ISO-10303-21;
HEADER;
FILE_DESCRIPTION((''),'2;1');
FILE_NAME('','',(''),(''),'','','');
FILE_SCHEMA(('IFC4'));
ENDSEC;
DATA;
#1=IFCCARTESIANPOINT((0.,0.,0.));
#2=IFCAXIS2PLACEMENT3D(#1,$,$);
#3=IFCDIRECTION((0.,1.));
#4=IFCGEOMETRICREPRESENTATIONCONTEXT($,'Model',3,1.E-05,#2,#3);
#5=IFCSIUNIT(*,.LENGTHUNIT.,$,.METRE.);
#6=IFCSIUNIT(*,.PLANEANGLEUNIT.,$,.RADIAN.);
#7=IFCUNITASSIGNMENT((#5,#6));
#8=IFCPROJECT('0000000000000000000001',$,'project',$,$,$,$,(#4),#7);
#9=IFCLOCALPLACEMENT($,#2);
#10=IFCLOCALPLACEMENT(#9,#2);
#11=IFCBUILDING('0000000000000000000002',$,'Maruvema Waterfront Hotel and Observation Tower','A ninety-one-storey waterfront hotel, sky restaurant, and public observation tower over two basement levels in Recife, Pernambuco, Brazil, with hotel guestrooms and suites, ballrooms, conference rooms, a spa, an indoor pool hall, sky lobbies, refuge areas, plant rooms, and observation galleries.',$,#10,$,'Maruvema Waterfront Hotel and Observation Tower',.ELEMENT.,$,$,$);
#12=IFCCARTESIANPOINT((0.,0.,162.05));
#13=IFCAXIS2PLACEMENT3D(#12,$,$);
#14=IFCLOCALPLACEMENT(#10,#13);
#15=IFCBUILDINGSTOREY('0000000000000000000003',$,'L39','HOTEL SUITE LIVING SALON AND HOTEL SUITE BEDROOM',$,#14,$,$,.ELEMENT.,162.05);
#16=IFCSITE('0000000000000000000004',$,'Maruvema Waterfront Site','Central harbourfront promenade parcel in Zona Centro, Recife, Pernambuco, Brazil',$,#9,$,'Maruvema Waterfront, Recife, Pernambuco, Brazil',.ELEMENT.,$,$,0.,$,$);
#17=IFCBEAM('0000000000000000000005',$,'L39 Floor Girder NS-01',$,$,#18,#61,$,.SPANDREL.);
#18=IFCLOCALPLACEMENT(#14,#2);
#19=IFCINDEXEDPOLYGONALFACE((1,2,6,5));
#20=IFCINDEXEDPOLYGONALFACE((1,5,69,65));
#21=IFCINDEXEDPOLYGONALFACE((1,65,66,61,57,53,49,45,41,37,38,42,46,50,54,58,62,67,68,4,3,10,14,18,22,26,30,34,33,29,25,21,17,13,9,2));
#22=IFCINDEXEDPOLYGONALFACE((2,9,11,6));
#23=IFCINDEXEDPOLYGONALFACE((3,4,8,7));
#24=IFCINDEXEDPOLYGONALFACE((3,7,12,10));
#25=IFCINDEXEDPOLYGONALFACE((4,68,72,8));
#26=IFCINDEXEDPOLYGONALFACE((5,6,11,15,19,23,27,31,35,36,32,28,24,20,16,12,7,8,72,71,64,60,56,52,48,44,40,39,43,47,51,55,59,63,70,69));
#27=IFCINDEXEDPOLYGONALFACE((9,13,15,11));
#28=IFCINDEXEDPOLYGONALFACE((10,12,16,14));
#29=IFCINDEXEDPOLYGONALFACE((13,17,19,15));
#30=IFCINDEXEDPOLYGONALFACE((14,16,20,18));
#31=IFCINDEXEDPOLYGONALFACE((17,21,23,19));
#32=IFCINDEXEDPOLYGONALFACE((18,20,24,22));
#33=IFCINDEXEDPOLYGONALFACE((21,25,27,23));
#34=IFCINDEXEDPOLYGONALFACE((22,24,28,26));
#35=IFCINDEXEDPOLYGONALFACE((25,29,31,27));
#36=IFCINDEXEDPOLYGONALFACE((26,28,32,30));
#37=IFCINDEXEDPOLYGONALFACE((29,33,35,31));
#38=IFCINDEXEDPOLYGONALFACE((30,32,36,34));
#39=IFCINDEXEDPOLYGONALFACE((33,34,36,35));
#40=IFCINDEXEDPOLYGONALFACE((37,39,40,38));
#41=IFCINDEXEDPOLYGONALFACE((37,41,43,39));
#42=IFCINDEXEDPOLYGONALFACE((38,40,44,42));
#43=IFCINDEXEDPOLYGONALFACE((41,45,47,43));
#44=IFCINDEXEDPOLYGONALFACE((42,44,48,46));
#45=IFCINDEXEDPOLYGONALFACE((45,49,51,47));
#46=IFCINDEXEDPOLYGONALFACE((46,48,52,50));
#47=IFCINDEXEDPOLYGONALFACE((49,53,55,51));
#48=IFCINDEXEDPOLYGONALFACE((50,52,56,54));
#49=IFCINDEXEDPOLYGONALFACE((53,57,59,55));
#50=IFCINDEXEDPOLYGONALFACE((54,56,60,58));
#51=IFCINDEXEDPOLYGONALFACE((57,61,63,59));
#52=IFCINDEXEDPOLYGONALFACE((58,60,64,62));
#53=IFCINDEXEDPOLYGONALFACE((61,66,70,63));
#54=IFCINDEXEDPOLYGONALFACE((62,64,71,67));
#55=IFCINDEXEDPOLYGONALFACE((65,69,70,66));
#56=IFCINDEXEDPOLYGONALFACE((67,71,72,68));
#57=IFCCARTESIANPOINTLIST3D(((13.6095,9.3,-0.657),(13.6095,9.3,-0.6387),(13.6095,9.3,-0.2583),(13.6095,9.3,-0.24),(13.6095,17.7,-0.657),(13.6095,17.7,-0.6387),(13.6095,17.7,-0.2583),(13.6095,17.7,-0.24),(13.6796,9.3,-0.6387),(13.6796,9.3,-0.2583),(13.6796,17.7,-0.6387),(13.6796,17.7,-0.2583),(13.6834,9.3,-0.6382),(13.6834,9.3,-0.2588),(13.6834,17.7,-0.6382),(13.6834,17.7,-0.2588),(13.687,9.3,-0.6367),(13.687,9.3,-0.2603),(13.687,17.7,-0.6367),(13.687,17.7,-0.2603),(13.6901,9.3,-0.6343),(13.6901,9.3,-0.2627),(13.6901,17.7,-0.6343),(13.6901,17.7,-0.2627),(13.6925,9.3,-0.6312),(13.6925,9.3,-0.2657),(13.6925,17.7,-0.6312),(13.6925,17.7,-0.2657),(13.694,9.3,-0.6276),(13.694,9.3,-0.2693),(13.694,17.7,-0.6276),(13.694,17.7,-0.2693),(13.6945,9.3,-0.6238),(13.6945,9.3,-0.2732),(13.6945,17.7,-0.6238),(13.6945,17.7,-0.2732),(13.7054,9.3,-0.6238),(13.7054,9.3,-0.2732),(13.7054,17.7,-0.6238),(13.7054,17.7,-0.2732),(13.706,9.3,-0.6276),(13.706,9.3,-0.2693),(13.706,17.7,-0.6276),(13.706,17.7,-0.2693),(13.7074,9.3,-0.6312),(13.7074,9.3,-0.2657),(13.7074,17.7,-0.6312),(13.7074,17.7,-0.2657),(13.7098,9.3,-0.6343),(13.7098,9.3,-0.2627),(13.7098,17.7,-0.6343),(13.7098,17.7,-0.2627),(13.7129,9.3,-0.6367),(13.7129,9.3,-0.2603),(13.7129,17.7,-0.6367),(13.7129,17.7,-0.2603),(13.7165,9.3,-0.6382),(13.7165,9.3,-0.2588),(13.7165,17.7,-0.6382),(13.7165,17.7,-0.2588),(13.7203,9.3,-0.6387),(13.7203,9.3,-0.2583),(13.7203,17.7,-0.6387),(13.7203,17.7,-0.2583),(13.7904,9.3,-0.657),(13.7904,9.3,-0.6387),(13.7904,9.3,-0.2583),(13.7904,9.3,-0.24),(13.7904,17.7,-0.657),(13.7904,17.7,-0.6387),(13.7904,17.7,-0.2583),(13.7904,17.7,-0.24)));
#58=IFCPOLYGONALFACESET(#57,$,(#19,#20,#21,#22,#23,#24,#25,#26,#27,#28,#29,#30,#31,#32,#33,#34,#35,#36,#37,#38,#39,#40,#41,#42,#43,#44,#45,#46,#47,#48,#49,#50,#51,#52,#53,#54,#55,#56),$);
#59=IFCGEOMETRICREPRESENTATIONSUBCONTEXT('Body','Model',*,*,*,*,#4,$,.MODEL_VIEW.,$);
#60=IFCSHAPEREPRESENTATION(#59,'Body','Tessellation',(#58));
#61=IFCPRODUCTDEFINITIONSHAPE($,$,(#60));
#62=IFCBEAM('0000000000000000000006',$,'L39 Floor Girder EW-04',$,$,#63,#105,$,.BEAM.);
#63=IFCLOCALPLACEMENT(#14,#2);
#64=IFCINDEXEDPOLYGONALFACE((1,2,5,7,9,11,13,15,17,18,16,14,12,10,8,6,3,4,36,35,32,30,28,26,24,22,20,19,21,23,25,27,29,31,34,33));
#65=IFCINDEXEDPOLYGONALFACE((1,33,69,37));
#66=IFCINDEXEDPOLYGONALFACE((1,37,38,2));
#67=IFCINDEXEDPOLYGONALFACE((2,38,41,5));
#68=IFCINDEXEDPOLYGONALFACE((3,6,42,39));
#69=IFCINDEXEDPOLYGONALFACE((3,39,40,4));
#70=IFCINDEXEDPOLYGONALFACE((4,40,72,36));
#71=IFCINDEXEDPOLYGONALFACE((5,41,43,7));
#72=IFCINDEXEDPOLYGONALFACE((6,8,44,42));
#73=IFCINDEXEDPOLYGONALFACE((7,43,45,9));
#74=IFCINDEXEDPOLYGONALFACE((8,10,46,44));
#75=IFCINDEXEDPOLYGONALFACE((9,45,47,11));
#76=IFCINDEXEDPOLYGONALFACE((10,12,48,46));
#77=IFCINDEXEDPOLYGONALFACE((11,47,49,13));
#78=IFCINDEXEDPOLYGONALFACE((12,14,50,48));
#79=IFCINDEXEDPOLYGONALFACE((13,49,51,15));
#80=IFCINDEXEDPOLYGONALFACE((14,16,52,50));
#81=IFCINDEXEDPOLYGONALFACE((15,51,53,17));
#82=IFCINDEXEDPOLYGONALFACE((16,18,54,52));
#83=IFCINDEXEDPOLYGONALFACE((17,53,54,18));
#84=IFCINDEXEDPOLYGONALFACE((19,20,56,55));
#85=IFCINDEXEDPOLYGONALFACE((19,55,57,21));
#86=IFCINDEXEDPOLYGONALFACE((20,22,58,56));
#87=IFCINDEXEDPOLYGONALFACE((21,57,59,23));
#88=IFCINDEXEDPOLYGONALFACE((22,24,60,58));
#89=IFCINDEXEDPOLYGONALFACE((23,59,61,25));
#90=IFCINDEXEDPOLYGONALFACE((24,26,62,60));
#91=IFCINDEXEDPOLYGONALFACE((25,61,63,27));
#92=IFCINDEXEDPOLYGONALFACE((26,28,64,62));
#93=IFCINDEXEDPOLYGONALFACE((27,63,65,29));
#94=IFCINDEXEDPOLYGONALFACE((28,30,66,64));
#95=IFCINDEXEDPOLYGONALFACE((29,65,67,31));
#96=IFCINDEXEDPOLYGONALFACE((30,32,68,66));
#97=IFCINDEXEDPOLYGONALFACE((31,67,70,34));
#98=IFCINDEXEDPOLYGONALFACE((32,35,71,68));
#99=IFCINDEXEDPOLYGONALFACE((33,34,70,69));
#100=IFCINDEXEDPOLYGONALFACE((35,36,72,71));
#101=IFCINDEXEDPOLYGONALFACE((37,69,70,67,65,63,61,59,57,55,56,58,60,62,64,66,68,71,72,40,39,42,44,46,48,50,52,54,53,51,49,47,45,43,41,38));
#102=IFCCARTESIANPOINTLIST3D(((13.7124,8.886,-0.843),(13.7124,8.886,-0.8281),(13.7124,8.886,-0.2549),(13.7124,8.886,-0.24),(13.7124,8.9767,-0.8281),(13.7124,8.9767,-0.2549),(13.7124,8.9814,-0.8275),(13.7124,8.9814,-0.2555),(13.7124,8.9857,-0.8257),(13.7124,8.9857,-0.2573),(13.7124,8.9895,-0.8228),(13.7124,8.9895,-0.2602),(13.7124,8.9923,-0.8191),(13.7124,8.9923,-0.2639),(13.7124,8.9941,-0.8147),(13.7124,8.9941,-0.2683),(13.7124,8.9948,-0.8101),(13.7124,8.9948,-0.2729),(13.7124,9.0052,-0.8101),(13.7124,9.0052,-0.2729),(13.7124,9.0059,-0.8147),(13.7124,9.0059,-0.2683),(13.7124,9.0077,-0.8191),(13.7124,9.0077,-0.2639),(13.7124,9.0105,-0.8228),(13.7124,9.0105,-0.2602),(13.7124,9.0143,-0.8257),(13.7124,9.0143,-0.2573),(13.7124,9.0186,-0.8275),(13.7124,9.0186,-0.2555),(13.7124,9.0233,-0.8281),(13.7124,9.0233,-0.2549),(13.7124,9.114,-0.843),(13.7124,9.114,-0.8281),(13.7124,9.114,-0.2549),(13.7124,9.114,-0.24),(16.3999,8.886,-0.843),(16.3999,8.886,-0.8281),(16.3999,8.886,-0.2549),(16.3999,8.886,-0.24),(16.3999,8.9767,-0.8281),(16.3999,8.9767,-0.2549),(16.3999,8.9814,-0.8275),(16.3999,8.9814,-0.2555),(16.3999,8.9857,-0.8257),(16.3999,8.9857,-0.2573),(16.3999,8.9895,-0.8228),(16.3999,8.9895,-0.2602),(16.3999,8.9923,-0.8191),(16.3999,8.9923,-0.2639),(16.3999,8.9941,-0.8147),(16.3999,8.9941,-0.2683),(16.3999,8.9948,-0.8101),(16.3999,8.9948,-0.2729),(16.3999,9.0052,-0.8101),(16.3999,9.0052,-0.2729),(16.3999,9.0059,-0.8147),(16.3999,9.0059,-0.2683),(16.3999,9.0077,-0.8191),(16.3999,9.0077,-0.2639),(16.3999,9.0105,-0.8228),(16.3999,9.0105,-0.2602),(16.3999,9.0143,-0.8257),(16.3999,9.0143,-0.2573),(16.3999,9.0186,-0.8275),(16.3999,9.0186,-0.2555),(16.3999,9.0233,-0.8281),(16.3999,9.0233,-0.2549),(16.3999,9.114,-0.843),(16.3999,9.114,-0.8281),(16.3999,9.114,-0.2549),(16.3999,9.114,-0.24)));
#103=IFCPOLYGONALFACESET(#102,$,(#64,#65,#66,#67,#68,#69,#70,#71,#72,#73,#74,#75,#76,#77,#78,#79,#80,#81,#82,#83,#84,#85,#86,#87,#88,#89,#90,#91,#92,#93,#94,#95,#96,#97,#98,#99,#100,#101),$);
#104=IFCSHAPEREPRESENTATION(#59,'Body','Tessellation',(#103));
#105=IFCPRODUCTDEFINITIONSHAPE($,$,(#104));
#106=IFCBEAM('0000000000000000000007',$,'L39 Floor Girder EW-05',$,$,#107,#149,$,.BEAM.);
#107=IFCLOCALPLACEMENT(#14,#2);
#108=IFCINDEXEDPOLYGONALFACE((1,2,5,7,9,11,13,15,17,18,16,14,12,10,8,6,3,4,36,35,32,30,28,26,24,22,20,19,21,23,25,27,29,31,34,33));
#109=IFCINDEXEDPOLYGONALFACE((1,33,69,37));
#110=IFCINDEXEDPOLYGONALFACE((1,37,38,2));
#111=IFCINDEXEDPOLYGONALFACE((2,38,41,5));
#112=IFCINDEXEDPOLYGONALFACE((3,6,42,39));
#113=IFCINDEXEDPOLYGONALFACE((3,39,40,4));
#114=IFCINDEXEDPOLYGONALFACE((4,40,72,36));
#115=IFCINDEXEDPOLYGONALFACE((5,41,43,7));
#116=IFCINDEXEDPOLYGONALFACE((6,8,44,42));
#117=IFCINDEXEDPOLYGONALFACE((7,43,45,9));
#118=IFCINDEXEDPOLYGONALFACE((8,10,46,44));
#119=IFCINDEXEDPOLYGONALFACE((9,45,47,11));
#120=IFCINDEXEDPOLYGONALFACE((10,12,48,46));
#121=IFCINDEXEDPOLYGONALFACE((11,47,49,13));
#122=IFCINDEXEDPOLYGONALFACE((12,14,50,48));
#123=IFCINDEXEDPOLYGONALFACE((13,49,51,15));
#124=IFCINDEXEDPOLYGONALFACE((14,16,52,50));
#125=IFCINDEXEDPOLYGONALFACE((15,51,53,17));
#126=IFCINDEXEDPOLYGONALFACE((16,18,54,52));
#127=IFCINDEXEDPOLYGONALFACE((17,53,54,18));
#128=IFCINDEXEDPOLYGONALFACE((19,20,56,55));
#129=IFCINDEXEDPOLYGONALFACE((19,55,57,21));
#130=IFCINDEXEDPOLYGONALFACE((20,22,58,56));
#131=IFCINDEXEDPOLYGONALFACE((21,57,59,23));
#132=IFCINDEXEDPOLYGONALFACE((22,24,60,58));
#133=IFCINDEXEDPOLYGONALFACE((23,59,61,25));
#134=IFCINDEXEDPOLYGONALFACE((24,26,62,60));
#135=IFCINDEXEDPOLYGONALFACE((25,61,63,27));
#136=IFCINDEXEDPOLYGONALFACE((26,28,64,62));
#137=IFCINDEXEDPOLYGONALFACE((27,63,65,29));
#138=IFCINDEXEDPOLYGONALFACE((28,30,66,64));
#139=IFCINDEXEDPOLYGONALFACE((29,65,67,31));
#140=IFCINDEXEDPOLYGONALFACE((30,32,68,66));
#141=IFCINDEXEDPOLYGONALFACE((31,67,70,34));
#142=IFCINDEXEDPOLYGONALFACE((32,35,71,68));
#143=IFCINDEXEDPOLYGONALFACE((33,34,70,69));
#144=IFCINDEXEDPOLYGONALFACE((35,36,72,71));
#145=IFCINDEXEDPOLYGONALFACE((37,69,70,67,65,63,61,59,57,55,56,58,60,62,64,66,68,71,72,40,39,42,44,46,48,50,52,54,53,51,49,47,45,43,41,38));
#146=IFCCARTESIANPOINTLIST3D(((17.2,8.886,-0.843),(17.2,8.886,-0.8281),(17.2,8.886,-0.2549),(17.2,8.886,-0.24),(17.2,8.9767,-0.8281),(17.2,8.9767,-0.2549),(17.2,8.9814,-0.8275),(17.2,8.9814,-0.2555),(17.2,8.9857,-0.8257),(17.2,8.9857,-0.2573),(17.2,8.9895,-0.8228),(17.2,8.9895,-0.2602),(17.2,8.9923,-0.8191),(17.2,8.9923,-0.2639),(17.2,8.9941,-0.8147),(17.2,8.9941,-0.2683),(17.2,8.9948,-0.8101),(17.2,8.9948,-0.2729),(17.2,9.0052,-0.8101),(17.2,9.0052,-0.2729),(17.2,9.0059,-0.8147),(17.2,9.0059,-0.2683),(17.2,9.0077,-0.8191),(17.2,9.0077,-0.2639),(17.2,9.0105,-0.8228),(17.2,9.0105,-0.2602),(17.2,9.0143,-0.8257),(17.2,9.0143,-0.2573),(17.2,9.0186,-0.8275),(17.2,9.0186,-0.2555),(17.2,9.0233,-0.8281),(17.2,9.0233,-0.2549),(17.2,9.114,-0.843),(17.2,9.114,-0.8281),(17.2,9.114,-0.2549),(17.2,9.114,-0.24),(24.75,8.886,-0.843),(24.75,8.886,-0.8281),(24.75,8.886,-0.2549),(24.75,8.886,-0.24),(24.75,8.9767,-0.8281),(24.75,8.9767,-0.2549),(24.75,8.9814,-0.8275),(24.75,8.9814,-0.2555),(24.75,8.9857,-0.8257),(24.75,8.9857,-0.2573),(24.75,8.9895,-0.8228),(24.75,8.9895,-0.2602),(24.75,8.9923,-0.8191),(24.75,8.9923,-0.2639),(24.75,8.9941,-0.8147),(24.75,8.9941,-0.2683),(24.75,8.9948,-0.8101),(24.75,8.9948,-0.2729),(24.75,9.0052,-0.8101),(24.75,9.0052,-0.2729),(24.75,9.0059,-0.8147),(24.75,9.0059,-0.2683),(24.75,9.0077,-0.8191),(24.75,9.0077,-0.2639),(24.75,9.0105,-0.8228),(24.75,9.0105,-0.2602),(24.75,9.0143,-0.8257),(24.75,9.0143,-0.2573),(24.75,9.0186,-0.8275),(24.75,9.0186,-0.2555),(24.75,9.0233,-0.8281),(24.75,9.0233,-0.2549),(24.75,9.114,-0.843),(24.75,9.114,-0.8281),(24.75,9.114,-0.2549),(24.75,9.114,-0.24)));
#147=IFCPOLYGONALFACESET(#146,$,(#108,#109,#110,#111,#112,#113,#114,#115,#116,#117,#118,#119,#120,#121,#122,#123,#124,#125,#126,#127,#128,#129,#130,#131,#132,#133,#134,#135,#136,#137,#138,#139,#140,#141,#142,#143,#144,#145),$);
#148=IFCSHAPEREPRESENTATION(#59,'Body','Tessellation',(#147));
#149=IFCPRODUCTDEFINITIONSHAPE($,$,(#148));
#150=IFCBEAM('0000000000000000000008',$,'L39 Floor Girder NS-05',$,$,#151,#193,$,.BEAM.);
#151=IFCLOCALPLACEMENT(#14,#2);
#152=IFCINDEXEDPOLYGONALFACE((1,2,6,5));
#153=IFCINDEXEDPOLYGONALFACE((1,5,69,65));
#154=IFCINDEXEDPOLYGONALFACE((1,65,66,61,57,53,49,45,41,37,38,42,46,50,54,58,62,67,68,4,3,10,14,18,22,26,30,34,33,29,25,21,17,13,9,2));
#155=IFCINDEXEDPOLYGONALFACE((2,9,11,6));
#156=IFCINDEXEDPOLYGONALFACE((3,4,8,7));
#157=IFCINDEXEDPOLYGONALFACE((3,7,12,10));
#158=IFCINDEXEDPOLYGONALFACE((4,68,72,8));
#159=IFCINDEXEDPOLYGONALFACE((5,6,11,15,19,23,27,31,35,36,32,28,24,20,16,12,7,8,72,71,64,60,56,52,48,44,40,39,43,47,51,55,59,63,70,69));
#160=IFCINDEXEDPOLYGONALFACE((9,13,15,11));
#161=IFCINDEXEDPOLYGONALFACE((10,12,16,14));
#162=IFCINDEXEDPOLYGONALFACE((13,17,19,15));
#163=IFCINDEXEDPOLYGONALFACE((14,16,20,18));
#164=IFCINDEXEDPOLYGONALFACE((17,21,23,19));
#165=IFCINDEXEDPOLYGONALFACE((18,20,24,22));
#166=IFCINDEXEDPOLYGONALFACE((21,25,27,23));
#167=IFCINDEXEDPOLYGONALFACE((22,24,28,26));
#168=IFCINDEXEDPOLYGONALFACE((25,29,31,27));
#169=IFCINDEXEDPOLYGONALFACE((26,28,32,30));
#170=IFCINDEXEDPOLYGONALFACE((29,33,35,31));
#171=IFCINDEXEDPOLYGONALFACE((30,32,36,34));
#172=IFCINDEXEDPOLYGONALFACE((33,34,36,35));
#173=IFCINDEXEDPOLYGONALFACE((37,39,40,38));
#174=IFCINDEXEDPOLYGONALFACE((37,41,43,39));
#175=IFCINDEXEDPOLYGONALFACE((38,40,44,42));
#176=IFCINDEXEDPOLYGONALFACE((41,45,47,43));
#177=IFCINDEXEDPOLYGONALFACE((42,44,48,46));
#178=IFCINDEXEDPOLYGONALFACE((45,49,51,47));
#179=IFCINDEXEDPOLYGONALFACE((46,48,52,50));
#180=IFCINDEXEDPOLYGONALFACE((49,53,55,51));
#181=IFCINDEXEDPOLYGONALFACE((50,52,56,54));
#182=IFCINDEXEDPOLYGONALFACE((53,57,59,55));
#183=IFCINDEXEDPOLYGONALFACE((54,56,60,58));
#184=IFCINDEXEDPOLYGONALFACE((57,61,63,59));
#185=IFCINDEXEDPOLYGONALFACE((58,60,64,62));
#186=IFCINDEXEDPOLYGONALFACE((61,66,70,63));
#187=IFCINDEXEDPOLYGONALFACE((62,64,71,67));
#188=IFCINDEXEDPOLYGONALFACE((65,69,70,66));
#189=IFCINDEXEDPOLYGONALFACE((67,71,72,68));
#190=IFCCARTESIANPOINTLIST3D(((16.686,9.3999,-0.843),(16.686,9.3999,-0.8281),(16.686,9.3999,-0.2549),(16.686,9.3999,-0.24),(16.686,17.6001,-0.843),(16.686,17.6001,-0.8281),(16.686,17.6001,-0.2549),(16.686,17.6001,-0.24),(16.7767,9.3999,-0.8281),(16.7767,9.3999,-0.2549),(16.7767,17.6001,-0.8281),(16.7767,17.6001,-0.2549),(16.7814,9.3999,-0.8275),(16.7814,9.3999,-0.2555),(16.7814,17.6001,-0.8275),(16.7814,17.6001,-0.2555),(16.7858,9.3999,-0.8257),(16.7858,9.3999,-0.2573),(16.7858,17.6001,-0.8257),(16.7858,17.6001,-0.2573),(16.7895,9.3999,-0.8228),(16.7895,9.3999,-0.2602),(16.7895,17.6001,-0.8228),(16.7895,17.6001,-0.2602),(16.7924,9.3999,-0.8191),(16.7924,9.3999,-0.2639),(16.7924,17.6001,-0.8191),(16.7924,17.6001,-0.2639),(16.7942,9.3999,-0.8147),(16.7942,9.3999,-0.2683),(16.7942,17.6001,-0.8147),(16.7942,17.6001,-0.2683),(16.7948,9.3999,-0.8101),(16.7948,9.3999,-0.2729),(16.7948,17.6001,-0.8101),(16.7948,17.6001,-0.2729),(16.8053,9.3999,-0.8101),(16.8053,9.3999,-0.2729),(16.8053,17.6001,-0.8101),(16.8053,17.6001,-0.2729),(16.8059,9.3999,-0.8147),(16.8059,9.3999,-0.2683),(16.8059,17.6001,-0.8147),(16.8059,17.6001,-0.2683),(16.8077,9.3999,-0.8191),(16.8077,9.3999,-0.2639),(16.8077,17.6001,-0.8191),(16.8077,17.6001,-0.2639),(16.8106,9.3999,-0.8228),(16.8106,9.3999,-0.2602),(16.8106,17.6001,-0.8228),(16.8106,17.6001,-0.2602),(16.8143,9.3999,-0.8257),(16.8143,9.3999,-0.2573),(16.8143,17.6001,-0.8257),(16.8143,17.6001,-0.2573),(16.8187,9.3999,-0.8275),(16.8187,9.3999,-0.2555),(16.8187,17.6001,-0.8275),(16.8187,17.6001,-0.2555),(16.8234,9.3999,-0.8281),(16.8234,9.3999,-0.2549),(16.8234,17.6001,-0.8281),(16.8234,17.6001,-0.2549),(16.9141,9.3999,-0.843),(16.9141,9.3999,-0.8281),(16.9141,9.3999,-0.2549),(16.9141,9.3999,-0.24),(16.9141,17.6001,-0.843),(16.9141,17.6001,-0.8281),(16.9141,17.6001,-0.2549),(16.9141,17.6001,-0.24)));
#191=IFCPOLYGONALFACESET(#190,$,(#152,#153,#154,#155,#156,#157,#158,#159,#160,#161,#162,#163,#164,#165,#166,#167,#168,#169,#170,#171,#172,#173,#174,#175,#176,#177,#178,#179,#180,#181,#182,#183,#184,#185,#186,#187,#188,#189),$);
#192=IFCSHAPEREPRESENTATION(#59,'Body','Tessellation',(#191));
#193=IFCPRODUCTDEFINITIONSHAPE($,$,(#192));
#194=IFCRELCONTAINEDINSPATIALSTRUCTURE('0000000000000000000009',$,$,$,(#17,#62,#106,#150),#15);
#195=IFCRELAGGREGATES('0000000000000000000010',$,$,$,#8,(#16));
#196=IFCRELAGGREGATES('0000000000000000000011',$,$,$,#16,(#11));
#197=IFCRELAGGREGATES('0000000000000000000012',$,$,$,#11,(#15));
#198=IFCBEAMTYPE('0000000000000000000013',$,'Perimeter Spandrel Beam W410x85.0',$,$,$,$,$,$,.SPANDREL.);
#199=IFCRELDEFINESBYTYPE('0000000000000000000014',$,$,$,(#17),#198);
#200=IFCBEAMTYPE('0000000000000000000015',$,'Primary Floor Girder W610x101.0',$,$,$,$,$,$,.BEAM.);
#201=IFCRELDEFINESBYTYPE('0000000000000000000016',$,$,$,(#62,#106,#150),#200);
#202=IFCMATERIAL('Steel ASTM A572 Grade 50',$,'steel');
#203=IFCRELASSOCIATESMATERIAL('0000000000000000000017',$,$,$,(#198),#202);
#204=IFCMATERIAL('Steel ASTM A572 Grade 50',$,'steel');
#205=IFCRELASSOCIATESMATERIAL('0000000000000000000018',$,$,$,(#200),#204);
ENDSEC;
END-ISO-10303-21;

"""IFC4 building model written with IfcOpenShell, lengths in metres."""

from ifc_helpers import new_model, si_unit, direction, frame, origin, origin_2d, place, context, subcontext, project, spatial, i_section, extrude, material, material_profile, profile_set, type_object, element, save


model = new_model("IFC4")

# Units and contexts
model_context = context("Model", 3, precision=1e-05, world=origin(), true_north=direction((0.0, 1.0)))
body_context = subcontext(model_context, "Body", "Model", "MODEL_VIEW")
ifc_project = project(units=[si_unit("LENGTHUNIT", "METRE"), si_unit("PLANEANGLEUNIT", "RADIAN")], contexts=[model_context])

# Site, building, storey
site_placement = place(None, origin())
site = spatial("IfcSite", under=ifc_project, at=site_placement, Name="Maruvema Waterfront Site", Description="Central harbourfront promenade parcel in Zona Centro, Recife, Pernambuco, Brazil", LongName="Maruvema Waterfront, Recife, Pernambuco, Brazil", CompositionType="ELEMENT", RefElevation=0.0)
building_placement = place(site_placement, origin())
building = spatial("IfcBuilding", under=site, at=building_placement, Name="Maruvema Waterfront Hotel and Observation Tower", Description="A ninety-one-storey waterfront hotel, sky restaurant, and public observation tower over two basement levels in Recife, Pernambuco, Brazil, with hotel guestrooms and suites, ballrooms, conference rooms, a spa, an indoor pool hall, sky lobbies, refuge areas, plant rooms, and observation galleries.", LongName="Maruvema Waterfront Hotel and Observation Tower", CompositionType="ELEMENT")
storey_placement = place(building_placement, frame((0.0, 0.0, 162.05)))
storey = spatial("IfcBuildingStorey", under=building, at=storey_placement, Name="L39", Description="HOTEL SUITE LIVING SALON AND HOTEL SUITE BEDROOM", CompositionType="ELEMENT", Elevation=162.05)

# Beams
ifc_material_1 = material(Name="Steel ASTM A572 Grade 50", Category="steel")
ifc_material_profile_1 = material_profile(ifc_material_1, i_section(OverallWidth=0.1809, OverallDepth=0.417, WebThickness=0.011, FlangeThickness=0.0183, FilletRadius=0.0149, at=origin_2d()), Name="W410x85.0")
ifc_profile_set_1 = profile_set([ifc_material_profile_1], Name="Steel ASTM A572 Grade 50")
beam_type_1 = type_object("IfcBeamType", Name="Perimeter Spandrel Beam W410x85.0", PredefinedType="SPANDREL", material=ifc_profile_set_1)
beam_1_placement = place(storey_placement, frame((13.7, 9.3, -0.4485), z_axis=(0.0, 1.0, 0.0), x_axis=(-1.0, 0.0, 0.0)))
element("IfcBeam", 1, at=beam_1_placement, inside=storey, type_object=beam_type_1, Name="L39 Floor Girder NS-01", PredefinedType="SPANDREL", context=body_context, shape_type="SweptSolid", body=[
    extrude(i_section(OverallWidth=0.1809, OverallDepth=0.417, WebThickness=0.011, FlangeThickness=0.0183, FilletRadius=0.0149, at=origin_2d()), origin(), (0.0, 0.0, 1.0), 8.3999),
])
ifc_material_2 = material(Name="Steel ASTM A572 Grade 50", Category="steel")
ifc_material_profile_2 = material_profile(ifc_material_2, i_section(OverallWidth=0.228, OverallDepth=0.603, WebThickness=0.0105, FlangeThickness=0.0149, FilletRadius=0.0181, at=origin_2d()), Name="W610x101.0")
ifc_profile_set_2 = profile_set([ifc_material_profile_2], Name="Steel ASTM A572 Grade 50")
beam_type_2 = type_object("IfcBeamType", Name="Primary Floor Girder W610x101.0", PredefinedType="BEAM", material=ifc_profile_set_2)
beam_2_placement = place(storey_placement, frame((13.7124, 9.0, -0.5415), z_axis=(1.0, 0.0, 0.0), x_axis=(0.0, 1.0, 0.0)))
element("IfcBeam", 2, at=beam_2_placement, inside=storey, type_object=beam_type_2, Name="L39 Floor Girder EW-04", PredefinedType="BEAM", context=body_context, shape_type="SweptSolid", body=[
    extrude(i_section(OverallWidth=0.228, OverallDepth=0.603, WebThickness=0.0105, FlangeThickness=0.0149, FilletRadius=0.0181, at=origin_2d()), origin(), (0.0, 0.0, 1.0), 2.6875),
])
beam_3_placement = place(storey_placement, frame((17.2, 9.0, -0.5415), z_axis=(1.0, 0.0, 0.0), x_axis=(0.0, 1.0, 0.0)))
element("IfcBeam", 3, at=beam_3_placement, inside=storey, type_object=beam_type_2, Name="L39 Floor Girder EW-05", PredefinedType="BEAM", context=body_context, shape_type="SweptSolid", body=[
    extrude(i_section(OverallWidth=0.228, OverallDepth=0.603, WebThickness=0.0105, FlangeThickness=0.0149, FilletRadius=0.0181, at=origin_2d()), origin(), (0.0, 0.0, 1.0), 7.55),
])
beam_4_placement = place(storey_placement, frame((16.8, 9.3999, -0.5415), z_axis=(0.0, 1.0, 0.0), x_axis=(-1.0, 0.0, 0.0)))
element("IfcBeam", 4, at=beam_4_placement, inside=storey, type_object=beam_type_2, Name="L39 Floor Girder NS-05", PredefinedType="BEAM", context=body_context, shape_type="SweptSolid", body=[
    extrude(i_section(OverallWidth=0.228, OverallDepth=0.603, WebThickness=0.0105, FlangeThickness=0.0149, FilletRadius=0.0181, at=origin_2d()), origin(), (0.0, 0.0, 1.0), 8.2002),
])

save(model, "model.ifc")
